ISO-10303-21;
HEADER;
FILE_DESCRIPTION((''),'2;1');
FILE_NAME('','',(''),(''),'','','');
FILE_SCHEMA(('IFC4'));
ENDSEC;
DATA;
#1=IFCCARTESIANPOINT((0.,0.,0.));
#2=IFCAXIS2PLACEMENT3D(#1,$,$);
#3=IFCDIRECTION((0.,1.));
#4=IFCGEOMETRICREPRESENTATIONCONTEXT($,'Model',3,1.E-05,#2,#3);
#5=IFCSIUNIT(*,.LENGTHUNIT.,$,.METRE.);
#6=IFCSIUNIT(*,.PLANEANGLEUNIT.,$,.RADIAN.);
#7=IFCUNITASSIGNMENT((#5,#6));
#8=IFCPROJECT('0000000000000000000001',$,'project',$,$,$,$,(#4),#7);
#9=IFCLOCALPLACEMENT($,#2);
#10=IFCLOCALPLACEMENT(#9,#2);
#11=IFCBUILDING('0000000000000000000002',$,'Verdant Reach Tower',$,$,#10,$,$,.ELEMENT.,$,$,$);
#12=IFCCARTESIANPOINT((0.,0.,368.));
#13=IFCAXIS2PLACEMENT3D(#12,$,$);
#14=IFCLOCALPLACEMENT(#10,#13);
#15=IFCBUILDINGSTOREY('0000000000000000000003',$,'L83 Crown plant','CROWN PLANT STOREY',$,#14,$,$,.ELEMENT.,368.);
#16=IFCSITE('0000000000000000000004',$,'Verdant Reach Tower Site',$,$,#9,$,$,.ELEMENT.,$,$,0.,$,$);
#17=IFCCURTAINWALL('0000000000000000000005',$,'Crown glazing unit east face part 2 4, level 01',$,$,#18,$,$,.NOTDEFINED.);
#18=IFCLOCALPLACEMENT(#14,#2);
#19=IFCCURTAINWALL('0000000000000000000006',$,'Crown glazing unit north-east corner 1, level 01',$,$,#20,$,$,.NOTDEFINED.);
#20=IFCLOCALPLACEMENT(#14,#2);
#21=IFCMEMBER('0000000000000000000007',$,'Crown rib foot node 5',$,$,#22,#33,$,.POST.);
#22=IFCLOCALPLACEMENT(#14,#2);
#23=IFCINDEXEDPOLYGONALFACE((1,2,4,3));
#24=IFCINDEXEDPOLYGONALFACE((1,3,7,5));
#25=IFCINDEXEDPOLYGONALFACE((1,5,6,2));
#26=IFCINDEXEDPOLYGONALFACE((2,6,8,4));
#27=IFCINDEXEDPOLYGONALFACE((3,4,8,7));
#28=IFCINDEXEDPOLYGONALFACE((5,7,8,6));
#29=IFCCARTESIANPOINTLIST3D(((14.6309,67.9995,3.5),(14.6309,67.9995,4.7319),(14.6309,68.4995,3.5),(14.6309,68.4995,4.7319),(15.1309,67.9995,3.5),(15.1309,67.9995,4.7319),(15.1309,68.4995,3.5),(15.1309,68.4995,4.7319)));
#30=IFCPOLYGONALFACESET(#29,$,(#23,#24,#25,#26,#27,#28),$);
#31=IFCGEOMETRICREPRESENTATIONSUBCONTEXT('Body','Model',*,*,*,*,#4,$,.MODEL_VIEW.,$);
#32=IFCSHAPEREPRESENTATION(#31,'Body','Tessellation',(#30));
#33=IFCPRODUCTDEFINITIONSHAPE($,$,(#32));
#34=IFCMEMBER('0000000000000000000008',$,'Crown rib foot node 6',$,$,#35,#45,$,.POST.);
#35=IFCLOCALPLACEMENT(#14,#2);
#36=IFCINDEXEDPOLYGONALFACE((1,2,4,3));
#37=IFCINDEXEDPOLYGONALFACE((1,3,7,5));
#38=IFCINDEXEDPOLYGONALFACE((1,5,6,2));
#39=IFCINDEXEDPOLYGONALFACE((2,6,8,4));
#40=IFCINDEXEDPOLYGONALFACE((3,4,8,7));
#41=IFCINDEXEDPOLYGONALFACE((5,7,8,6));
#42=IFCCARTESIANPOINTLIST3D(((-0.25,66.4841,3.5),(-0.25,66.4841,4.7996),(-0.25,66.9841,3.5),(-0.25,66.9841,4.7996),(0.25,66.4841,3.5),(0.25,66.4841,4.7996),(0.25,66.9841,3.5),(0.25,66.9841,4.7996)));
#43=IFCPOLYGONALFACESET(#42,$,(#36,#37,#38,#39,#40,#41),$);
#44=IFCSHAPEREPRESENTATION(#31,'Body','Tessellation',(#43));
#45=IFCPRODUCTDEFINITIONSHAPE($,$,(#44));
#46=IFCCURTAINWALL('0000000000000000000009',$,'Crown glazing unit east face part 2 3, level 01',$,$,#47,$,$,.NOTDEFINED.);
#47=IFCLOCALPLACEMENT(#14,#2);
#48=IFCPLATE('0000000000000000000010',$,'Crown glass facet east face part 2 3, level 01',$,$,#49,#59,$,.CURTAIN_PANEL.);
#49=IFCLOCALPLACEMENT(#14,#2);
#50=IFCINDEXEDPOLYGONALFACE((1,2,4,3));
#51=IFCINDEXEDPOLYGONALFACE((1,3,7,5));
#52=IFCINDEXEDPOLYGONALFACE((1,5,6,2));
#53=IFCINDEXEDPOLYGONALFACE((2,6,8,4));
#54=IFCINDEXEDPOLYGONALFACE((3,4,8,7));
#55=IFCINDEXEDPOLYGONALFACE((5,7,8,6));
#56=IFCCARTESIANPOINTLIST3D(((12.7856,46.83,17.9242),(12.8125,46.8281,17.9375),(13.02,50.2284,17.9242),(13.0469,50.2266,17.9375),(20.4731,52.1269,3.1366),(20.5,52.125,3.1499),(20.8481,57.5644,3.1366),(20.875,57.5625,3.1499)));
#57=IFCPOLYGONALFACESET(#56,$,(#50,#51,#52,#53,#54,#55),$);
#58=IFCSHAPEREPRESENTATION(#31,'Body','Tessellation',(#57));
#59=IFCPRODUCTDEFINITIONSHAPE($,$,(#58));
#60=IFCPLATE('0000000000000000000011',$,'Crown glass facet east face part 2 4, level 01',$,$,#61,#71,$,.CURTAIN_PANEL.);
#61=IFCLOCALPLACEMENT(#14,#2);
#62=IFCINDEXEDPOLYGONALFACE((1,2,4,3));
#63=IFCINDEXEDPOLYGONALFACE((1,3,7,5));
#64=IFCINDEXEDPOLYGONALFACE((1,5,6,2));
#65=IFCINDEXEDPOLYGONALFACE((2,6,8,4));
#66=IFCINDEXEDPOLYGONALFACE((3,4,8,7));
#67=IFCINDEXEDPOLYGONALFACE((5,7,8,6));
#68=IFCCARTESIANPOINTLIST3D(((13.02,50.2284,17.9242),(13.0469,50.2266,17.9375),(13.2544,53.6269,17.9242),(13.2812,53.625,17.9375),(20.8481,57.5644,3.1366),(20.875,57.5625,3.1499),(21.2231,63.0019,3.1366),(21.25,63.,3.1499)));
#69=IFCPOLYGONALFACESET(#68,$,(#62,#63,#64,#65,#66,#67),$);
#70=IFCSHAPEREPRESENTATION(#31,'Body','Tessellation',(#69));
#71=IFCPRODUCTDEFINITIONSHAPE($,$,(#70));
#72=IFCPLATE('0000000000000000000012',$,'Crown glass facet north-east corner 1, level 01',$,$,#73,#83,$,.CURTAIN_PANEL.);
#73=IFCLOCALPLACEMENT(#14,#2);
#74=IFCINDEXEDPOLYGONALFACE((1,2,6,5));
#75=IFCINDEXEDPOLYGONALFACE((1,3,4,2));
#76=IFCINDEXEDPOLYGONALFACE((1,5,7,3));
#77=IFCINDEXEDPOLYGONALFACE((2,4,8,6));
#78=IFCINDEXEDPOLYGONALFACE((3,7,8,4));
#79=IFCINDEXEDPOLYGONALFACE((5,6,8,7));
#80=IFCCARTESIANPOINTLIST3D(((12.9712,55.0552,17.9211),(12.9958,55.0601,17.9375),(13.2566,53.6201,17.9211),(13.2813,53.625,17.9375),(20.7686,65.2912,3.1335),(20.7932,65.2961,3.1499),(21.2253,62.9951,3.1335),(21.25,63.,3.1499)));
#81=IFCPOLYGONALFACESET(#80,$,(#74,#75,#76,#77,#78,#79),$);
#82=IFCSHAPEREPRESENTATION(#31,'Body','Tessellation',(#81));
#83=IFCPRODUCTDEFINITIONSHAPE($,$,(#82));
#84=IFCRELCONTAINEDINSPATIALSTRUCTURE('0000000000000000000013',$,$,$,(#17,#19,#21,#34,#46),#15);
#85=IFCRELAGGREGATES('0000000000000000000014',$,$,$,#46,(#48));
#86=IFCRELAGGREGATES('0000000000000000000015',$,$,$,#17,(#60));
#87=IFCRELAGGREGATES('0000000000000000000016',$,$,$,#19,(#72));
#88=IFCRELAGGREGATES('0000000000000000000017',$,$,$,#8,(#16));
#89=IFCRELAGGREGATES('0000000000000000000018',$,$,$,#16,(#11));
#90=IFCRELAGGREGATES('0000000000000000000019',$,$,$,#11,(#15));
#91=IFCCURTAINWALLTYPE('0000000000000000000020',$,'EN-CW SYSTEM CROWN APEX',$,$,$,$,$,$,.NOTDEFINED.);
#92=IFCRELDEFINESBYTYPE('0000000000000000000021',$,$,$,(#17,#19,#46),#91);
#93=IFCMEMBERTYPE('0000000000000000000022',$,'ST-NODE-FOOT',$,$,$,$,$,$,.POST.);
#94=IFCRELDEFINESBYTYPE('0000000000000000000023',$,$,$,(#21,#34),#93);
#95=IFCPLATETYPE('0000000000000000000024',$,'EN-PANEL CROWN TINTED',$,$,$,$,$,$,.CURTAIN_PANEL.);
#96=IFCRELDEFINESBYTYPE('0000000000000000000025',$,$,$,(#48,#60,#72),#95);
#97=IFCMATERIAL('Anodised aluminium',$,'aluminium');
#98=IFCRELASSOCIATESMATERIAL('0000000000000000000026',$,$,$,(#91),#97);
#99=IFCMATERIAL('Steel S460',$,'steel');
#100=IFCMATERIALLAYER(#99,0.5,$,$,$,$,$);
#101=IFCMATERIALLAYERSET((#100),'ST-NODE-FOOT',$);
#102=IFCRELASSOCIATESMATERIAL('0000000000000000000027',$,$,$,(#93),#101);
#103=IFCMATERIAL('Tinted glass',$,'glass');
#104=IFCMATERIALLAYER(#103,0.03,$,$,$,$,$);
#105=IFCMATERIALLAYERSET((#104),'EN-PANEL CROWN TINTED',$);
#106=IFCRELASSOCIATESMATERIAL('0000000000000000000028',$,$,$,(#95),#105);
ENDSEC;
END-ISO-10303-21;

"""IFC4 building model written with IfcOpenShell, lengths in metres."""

from ifc_helpers import new_model, si_unit, direction, frame, origin, origin_2d, place, context, subcontext, project, spatial, polyline, rectangle, outline, extrude, material, layer, layer_set, type_object, element, aggregate, save


model = new_model("IFC4")

# Units and contexts
model_context = context("Model", 3, precision=1e-05, world=origin(), true_north=direction((0.0, 1.0)))
body_context = subcontext(model_context, "Body", "Model", "MODEL_VIEW")
ifc_project = project(units=[si_unit("LENGTHUNIT", "METRE"), si_unit("PLANEANGLEUNIT", "RADIAN")], contexts=[model_context])

# Site, building, storey
site_placement = place(None, origin())
site = spatial("IfcSite", under=ifc_project, at=site_placement, Name="Verdant Reach Tower Site", CompositionType="ELEMENT", RefElevation=0.0)
building_placement = place(site_placement, origin())
building = spatial("IfcBuilding", under=site, at=building_placement, Name="Verdant Reach Tower", CompositionType="ELEMENT")
storey_placement = place(building_placement, frame((0.0, 0.0, 368.0)))
storey = spatial("IfcBuildingStorey", under=building, at=storey_placement, Name="L83 Crown plant", Description="CROWN PLANT STOREY", CompositionType="ELEMENT", Elevation=368.0)

# Curtain walls
ifc_material_1 = material(Name="Anodised aluminium", Category="aluminium")
curtain_wall_type = type_object("IfcCurtainWallType", Name="EN-CW SYSTEM CROWN APEX", PredefinedType="NOTDEFINED", material=ifc_material_1)
curtain_wall_1_placement = place(storey_placement, origin())
curtain_wall_1 = element("IfcCurtainWall", 1, at=curtain_wall_1_placement, inside=storey, type_object=curtain_wall_type, Name="Crown glazing unit east face part 2 4, level 01", PredefinedType="NOTDEFINED")
curtain_wall_2_placement = place(storey_placement, origin())
curtain_wall_2 = element("IfcCurtainWall", 2, at=curtain_wall_2_placement, inside=storey, type_object=curtain_wall_type, Name="Crown glazing unit north-east corner 1, level 01", PredefinedType="NOTDEFINED")

# Members
ifc_material_2 = material(Name="Steel S460", Category="steel")
ifc_layer_1 = layer(ifc_material_2, 0.5)
ifc_layer_set_1 = layer_set([ifc_layer_1], Name="ST-NODE-FOOT")
member_type_1 = type_object("IfcMemberType", Name="ST-NODE-FOOT", PredefinedType="POST", material=ifc_layer_set_1)
member_1_placement = place(storey_placement, frame((14.8809, 68.2495, 3.5), z_axis=(0.0, 0.0, 1.0), x_axis=(1.0, 0.0, 0.0)))
element("IfcMember", 3, at=member_1_placement, inside=storey, type_object=member_type_1, Name="Crown rib foot node 5", PredefinedType="POST", context=body_context, shape_type="SweptSolid", body=[
    extrude(rectangle(XDim=0.5, YDim=0.5, at=origin_2d()), origin(), (0.0, 0.0, 1.0), 1.2319),
])
member_2_placement = place(storey_placement, frame((0.0, 66.7341, 3.5), z_axis=(0.0, 0.0, 1.0), x_axis=(1.0, 0.0, 0.0)))
element("IfcMember", 4, at=member_2_placement, inside=storey, type_object=member_type_1, Name="Crown rib foot node 6", PredefinedType="POST", context=body_context, shape_type="SweptSolid", body=[
    extrude(rectangle(XDim=0.5, YDim=0.5, at=origin_2d()), origin(), (0.0, 0.0, 1.0), 1.2996),
])

# Curtain wall, plate
curtain_wall_3_placement = place(storey_placement, origin())
curtain_wall_3 = element("IfcCurtainWall", 5, at=curtain_wall_3_placement, inside=storey, type_object=curtain_wall_type, Name="Crown glazing unit east face part 2 3, level 01", PredefinedType="NOTDEFINED")
ifc_material_3 = material(Name="Tinted glass", Category="glass")
ifc_layer_2 = layer(ifc_material_3, 0.03)
ifc_layer_set_2 = layer_set([ifc_layer_2], Name="EN-PANEL CROWN TINTED")
plate_type = type_object("IfcPlateType", Name="EN-PANEL CROWN TINTED", PredefinedType="CURTAIN_PANEL", material=ifc_layer_set_2)
plate_1_placement = place(storey_placement, frame((20.5, 52.125, 3.1499), z_axis=(0.894449, -0.061686, 0.442894), x_axis=(0.068802, 0.99763, 0.0)))
plate_1 = element("IfcPlate", 6, at=plate_1_placement, type_object=plate_type, Name="Crown glass facet east face part 2 3, level 01", PredefinedType="CURTAIN_PANEL", context=body_context, shape_type="SweptSolid", body=[
    extrude(outline(polyline([(0.0, 0.0), (5.4504, 0.0), (-2.4067, 16.4934), (-5.8132, 16.4934), (0.0, 0.0)])), origin(), (0.0, 0.0, -1.0), 0.03),
])
aggregate(curtain_wall_3, [plate_1])

# Plates
plate_2_placement = place(storey_placement, frame((20.875, 57.5625, 3.1499), z_axis=(0.894449, -0.061686, 0.442894), x_axis=(0.068802, 0.99763, 0.0)))
plate_2 = element("IfcPlate", 7, at=plate_2_placement, type_object=plate_type, Name="Crown glass facet east face part 2 4, level 01", PredefinedType="CURTAIN_PANEL", context=body_context, shape_type="SweptSolid", body=[
    extrude(outline(polyline([(0.0, 0.0), (5.4504, 0.0), (-4.4506, 16.4934), (-7.8571, 16.4934), (0.0, 0.0)])), origin(), (0.0, 0.0, -1.0), 0.03),
])
aggregate(curtain_wall_1, [plate_2])
plate_3_placement = place(storey_placement, frame((21.25, 63.0, 3.1499), z_axis=(0.821504, 0.163408, 0.546287), x_axis=(-0.195098, 0.980784, 0.00001)))
plate_3 = element("IfcPlate", 8, at=plate_3_placement, type_object=plate_type, Name="Crown glass facet north-east corner 1, level 01", PredefinedType="CURTAIN_PANEL", context=body_context, shape_type="SweptSolid", body=[
    extrude(outline(polyline([(0.0, 0.0), (2.3411, 0.0), (-6.1768, 17.6548), (-7.64, 17.6549), (0.0, 0.0)])), origin(), (0.0, 0.0, -1.0), 0.03),
])
aggregate(curtain_wall_2, [plate_3])

save(model, "model.ifc")
